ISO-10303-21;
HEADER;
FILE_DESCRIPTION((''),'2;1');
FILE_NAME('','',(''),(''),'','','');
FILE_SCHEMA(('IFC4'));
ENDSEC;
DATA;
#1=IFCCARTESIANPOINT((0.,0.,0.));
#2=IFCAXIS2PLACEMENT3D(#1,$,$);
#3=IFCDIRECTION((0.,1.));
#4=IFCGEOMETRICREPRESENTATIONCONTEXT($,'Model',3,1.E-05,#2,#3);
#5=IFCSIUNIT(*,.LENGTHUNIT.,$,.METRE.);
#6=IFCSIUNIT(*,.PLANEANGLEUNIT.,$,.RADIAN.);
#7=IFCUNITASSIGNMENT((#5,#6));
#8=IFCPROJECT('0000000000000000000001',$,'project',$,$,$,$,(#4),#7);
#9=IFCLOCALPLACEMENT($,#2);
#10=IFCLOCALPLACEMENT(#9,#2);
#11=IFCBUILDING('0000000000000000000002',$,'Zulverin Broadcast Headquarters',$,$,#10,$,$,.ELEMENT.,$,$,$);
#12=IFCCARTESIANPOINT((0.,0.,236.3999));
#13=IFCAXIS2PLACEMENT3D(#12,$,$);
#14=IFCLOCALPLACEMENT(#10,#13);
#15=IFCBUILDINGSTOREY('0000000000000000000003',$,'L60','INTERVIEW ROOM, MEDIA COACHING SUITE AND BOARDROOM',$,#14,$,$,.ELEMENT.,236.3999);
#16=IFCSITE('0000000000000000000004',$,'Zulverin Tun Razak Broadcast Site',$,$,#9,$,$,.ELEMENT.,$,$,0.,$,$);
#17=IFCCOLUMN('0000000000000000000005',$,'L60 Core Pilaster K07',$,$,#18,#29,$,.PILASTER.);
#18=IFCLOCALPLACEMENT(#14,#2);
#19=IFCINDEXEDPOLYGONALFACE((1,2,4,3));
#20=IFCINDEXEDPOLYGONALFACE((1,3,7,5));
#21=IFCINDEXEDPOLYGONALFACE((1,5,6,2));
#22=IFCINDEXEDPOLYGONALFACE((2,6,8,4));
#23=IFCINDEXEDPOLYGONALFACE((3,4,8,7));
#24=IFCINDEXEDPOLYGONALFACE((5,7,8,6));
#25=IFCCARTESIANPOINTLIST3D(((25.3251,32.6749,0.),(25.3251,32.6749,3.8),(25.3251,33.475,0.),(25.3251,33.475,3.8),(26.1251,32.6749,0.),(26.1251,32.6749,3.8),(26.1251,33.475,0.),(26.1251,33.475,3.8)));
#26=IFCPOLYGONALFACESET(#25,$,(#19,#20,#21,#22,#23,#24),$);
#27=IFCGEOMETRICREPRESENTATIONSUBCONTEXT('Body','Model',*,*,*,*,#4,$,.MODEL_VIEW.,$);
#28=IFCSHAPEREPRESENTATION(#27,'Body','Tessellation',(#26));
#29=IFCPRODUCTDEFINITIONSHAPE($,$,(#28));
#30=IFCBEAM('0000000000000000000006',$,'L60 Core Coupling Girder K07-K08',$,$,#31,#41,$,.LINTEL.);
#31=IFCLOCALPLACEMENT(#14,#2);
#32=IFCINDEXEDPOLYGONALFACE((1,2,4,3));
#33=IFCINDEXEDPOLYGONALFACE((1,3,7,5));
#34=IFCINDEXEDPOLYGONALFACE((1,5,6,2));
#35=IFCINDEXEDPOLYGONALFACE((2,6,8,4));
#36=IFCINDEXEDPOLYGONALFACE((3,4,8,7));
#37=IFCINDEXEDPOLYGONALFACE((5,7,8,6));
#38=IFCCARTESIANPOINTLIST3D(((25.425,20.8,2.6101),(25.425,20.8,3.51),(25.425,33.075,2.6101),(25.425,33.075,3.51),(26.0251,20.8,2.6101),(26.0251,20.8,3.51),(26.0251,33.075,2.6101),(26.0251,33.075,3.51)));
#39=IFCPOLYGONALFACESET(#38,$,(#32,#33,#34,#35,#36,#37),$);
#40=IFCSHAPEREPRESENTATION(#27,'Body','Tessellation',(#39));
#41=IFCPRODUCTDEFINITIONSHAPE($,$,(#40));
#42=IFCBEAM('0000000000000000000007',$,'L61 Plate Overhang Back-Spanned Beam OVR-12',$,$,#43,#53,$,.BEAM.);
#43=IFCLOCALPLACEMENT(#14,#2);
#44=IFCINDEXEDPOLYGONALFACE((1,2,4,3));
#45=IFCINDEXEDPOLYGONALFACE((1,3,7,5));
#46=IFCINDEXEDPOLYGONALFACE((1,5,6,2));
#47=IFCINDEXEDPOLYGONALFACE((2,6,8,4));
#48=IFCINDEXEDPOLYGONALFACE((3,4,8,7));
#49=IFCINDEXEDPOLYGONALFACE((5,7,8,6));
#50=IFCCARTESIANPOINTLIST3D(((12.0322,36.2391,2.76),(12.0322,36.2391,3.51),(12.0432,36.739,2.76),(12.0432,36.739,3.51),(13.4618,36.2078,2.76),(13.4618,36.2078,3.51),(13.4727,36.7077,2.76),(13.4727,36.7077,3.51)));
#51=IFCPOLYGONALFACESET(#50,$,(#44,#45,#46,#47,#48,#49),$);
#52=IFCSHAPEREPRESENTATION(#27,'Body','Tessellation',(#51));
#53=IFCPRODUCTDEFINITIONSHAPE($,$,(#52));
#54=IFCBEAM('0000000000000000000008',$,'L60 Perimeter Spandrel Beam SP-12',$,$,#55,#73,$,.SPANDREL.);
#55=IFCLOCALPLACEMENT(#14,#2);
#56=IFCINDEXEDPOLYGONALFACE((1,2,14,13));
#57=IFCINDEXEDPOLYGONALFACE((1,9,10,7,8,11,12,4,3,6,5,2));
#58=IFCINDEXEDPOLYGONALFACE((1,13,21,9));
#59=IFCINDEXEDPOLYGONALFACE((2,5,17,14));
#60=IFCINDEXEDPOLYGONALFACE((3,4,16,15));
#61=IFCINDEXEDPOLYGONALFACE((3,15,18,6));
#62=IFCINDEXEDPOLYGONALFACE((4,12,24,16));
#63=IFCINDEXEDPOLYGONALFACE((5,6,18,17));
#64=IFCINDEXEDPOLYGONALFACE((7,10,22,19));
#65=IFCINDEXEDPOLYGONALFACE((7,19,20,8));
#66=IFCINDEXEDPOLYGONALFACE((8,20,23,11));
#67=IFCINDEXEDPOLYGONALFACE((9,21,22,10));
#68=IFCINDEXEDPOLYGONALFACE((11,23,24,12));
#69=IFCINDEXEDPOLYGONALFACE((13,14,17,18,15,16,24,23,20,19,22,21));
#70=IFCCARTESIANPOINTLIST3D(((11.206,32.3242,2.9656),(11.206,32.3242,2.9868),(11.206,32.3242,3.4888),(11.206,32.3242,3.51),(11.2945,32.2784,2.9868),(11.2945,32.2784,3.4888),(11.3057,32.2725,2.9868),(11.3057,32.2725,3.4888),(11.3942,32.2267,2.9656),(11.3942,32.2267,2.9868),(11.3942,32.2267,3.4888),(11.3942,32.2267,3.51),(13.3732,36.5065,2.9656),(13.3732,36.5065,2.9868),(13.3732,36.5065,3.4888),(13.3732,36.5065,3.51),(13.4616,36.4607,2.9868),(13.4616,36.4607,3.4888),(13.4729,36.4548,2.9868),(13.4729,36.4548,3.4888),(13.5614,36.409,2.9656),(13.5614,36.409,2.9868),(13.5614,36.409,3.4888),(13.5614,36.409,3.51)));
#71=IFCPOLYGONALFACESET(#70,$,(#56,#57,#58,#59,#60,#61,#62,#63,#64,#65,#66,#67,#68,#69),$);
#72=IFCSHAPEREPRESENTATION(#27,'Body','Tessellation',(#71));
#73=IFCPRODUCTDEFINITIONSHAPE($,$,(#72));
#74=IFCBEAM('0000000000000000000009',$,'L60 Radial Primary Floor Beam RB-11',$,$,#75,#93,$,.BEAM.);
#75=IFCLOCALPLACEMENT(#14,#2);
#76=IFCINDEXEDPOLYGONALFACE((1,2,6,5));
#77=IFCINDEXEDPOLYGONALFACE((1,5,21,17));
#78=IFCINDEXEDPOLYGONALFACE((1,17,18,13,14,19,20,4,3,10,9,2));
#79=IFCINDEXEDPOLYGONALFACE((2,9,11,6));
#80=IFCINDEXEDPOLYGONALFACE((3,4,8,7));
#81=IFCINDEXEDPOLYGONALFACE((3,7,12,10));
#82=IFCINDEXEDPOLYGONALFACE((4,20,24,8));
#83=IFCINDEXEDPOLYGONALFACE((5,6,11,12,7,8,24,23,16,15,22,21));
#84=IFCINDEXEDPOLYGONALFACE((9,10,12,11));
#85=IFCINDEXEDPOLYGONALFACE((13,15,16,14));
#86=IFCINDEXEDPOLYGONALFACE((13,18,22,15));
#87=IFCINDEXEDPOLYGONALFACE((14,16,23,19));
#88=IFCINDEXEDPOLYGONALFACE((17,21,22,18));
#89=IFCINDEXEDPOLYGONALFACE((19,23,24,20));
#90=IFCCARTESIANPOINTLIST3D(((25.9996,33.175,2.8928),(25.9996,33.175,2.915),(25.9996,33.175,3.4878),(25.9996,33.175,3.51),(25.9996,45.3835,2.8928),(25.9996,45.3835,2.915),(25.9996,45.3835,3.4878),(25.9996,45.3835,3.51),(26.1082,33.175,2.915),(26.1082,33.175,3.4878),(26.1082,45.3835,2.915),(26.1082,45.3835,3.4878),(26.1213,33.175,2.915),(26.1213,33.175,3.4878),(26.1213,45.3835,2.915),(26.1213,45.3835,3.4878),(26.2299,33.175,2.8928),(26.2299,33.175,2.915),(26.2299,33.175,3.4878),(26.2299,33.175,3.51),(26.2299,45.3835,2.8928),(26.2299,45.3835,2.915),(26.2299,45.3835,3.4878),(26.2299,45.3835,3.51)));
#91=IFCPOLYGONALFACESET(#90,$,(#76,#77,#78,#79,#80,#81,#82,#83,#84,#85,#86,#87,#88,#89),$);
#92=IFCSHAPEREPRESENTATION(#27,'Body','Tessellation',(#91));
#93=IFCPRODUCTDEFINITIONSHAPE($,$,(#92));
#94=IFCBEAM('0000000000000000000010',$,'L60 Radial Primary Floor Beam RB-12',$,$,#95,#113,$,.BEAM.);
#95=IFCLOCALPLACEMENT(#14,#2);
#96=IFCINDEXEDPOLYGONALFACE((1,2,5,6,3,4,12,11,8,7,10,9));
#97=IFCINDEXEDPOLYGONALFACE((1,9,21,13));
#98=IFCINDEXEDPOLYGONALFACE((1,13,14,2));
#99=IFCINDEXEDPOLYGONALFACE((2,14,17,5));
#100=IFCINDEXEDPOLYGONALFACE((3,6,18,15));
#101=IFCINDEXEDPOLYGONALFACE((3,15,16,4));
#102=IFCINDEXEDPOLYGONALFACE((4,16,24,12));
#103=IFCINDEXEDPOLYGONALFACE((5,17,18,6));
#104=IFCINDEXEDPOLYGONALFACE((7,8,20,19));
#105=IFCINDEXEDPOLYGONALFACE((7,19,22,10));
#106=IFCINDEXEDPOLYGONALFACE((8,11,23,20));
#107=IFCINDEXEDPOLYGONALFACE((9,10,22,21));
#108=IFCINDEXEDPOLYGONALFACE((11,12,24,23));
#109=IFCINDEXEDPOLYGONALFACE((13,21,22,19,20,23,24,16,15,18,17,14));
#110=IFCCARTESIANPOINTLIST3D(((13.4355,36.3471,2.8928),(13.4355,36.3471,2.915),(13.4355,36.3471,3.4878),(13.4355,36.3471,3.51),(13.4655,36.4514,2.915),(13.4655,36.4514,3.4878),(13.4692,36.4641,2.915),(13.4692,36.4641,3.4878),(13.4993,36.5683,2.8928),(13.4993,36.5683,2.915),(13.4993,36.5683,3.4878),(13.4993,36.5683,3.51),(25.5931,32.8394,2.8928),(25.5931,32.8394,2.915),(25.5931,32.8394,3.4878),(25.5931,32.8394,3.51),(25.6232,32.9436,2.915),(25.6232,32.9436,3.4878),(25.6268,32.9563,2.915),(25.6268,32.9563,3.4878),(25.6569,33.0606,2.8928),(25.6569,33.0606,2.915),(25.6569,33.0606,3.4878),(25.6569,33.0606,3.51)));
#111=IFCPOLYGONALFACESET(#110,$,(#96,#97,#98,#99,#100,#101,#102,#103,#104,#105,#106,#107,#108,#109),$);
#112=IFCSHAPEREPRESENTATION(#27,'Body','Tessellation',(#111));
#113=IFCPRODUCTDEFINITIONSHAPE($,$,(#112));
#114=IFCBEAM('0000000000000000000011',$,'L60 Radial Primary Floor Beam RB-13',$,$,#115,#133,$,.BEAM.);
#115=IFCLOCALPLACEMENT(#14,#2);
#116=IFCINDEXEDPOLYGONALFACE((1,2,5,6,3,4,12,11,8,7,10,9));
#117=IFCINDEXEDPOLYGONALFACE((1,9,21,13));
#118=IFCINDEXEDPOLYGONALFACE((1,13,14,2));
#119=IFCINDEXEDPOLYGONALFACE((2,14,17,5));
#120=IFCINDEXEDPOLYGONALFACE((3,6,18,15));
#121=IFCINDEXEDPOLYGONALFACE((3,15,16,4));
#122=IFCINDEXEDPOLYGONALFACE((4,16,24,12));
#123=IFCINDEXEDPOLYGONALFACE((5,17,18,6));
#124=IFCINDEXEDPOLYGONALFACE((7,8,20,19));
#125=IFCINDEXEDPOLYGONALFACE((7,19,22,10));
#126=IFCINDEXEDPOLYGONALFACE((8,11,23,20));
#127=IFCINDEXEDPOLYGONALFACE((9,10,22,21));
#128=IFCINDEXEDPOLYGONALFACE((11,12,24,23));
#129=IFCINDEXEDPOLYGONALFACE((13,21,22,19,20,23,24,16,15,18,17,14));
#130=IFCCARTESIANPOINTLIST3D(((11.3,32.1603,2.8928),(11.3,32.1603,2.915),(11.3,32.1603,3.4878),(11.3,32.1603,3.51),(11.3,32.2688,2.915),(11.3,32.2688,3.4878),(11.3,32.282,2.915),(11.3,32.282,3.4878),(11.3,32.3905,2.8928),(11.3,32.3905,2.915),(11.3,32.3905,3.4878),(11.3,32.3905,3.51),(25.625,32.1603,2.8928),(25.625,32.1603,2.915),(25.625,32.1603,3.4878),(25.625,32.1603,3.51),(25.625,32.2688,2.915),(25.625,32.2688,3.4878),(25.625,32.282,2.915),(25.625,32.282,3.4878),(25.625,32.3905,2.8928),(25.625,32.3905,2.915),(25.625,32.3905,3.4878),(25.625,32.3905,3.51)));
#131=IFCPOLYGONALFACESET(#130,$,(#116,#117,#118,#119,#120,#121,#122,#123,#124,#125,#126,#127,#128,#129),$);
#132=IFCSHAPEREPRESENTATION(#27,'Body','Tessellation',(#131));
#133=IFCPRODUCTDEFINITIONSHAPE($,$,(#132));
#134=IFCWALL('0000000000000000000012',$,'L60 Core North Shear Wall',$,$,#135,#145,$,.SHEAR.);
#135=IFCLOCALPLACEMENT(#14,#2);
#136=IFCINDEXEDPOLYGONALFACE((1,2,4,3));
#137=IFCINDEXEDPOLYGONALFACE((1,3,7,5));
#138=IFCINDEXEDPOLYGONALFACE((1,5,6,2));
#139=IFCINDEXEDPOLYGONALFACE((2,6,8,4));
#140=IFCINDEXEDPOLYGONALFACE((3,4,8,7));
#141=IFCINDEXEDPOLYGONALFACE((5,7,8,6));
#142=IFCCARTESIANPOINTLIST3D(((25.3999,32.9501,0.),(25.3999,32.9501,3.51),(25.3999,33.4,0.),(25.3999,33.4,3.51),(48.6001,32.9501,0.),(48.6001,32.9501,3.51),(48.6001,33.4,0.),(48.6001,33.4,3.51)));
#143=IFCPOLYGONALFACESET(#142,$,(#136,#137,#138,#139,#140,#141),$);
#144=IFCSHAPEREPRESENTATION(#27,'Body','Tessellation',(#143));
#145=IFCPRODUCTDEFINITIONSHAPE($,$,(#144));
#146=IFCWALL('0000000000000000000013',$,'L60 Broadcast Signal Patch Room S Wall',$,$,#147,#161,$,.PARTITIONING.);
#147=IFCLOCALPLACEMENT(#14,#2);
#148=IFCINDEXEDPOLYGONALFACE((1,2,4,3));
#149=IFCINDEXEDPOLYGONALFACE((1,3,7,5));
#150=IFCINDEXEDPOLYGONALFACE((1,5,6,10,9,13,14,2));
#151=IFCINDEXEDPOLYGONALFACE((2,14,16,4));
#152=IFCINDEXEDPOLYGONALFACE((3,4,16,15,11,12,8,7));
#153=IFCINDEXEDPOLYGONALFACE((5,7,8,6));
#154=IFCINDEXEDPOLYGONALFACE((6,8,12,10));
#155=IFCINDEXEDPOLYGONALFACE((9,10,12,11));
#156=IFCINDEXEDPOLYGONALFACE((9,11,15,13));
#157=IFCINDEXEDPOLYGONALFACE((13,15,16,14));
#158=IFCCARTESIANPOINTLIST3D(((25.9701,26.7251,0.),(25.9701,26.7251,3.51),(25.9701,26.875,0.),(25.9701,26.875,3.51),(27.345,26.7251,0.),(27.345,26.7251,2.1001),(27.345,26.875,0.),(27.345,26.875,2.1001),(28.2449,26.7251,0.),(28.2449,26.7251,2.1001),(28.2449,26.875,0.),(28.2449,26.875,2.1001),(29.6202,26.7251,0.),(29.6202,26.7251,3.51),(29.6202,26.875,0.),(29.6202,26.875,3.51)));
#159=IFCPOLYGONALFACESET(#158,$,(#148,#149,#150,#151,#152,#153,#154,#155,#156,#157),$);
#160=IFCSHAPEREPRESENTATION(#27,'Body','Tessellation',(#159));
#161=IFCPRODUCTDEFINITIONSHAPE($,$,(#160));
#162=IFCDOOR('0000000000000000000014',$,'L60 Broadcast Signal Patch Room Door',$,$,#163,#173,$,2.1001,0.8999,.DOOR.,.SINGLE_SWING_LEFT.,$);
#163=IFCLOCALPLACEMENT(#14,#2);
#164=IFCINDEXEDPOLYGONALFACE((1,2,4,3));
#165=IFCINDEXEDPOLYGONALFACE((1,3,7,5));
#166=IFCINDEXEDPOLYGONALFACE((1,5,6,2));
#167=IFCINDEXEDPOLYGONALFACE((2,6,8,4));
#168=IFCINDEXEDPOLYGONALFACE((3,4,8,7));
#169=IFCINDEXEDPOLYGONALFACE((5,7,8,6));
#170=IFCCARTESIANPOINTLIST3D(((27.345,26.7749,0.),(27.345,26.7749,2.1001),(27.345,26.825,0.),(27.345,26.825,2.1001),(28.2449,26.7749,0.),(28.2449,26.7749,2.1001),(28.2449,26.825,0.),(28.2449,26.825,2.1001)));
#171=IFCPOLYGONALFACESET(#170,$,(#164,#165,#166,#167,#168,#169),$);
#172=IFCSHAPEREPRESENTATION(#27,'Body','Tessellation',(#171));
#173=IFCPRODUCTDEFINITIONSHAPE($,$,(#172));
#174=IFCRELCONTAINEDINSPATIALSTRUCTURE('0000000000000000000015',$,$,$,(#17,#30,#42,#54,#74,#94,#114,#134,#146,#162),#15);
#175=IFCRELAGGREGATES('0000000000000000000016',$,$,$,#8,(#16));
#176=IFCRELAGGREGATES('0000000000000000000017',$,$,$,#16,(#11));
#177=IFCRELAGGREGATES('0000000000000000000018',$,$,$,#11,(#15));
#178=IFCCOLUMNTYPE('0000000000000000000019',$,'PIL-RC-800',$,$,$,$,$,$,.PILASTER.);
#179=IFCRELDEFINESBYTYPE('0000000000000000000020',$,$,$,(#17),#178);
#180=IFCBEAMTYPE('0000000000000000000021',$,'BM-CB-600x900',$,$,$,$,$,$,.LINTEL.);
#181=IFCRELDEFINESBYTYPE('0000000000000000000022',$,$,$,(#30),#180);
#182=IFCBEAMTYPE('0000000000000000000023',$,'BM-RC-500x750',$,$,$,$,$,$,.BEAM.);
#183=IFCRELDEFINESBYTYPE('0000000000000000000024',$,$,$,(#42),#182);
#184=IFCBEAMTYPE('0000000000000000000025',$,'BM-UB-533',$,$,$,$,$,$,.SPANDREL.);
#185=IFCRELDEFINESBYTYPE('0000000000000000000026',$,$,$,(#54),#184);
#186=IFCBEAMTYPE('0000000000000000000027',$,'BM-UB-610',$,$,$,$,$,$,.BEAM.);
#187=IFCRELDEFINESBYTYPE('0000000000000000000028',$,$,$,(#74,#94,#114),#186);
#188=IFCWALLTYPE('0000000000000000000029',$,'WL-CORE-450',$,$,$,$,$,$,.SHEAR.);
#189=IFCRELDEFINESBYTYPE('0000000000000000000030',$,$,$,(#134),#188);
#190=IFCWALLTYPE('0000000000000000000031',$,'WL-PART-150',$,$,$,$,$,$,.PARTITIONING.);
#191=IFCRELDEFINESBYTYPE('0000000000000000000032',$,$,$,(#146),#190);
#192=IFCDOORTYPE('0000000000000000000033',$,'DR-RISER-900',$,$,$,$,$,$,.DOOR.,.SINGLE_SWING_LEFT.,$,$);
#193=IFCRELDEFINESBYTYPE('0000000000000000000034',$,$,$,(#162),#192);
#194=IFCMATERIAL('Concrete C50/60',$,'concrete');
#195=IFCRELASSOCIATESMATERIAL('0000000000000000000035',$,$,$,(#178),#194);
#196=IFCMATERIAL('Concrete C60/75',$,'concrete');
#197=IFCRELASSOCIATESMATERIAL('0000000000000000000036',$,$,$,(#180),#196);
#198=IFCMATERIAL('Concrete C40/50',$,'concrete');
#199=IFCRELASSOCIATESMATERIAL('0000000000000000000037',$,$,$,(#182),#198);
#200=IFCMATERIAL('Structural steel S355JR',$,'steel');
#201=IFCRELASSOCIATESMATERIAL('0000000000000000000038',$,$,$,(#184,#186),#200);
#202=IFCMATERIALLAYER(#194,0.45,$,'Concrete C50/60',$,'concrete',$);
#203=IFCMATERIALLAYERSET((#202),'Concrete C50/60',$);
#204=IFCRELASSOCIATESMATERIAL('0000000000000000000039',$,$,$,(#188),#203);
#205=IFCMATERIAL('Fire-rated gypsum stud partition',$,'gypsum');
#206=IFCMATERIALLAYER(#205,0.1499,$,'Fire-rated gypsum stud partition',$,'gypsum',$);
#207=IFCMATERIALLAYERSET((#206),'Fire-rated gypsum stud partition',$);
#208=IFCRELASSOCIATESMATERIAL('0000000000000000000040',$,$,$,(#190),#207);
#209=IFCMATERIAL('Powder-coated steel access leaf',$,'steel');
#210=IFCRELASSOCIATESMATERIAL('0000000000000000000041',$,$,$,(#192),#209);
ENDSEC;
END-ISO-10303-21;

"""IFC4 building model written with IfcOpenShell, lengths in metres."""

from ifc_helpers import new_model, si_unit, direction, frame, frame_2d, origin, origin_2d, place, context, subcontext, project, spatial, rectangle, i_section, extrude, material, layer, layer_set, material_profile, profile_set, type_object, element, fill, save


model = new_model("IFC4")

# Units and contexts
model_context = context("Model", 3, precision=1e-05, world=origin(), true_north=direction((0.0, 1.0)))
body_context = subcontext(model_context, "Body", "Model", "MODEL_VIEW")
ifc_project = project(units=[si_unit("LENGTHUNIT", "METRE"), si_unit("PLANEANGLEUNIT", "RADIAN")], contexts=[model_context])

# Site, building, storey
site_placement = place(None, origin())
site = spatial("IfcSite", under=ifc_project, at=site_placement, Name="Zulverin Tun Razak Broadcast Site", CompositionType="ELEMENT", RefElevation=0.0)
building_placement = place(site_placement, origin())
building = spatial("IfcBuilding", under=site, at=building_placement, Name="Zulverin Broadcast Headquarters", CompositionType="ELEMENT")
storey_placement = place(building_placement, frame((0.0, 0.0, 236.3999)))
storey = spatial("IfcBuildingStorey", under=building, at=storey_placement, Name="L60", Description="INTERVIEW ROOM, MEDIA COACHING SUITE AND BOARDROOM", CompositionType="ELEMENT", Elevation=236.3999)

# Column
ifc_material_1 = material(Name="Concrete C50/60", Category="concrete")
ifc_material_profile_1 = material_profile(ifc_material_1, rectangle(XDim=0.8, YDim=0.8, at=origin_2d()), Name="Concrete C50/60", Category="concrete")
ifc_profile_set_1 = profile_set([ifc_material_profile_1], Name="Concrete C50/60")
column_type = type_object("IfcColumnType", Name="PIL-RC-800", PredefinedType="PILASTER", material=ifc_profile_set_1)
column_placement = place(storey_placement, frame((25.7251, 33.075, 0.0), z_axis=(0.0, 0.0, 1.0), x_axis=(1.0, 0.0, 0.0)))
element("IfcColumn", 1, at=column_placement, inside=storey, type_object=column_type, Name="L60 Core Pilaster K07", PredefinedType="PILASTER", context=body_context, shape_type="SweptSolid", body=[
    extrude(rectangle(XDim=0.8, YDim=0.8, at=origin_2d()), origin(), (0.0, 0.0, 1.0), 3.8),
])

# Beams
ifc_material_2 = material(Name="Concrete C60/75", Category="concrete")
ifc_material_profile_2 = material_profile(ifc_material_2, rectangle(XDim=0.6001, YDim=0.8999, at=origin_2d()), Name="Concrete C60/75", Category="concrete")
ifc_profile_set_2 = profile_set([ifc_material_profile_2], Name="Concrete C60/75")
beam_type_1 = type_object("IfcBeamType", Name="BM-CB-600x900", PredefinedType="LINTEL", material=ifc_profile_set_2)
beam_1_placement = place(storey_placement, frame((25.7251, 33.075, 3.0601), z_axis=(0.0, -1.0, 0.0), x_axis=(1.0, 0.0, 0.0)))
element("IfcBeam", 2, at=beam_1_placement, inside=storey, type_object=beam_type_1, Name="L60 Core Coupling Girder K07-K08", PredefinedType="LINTEL", context=body_context, shape_type="SweptSolid", body=[
    extrude(rectangle(XDim=0.6001, YDim=0.8999, at=origin_2d()), origin(), (0.0, 0.0, 1.0), 12.2749),
])
ifc_material_3 = material(Name="Concrete C40/50", Category="concrete")
ifc_material_profile_3 = material_profile(ifc_material_3, rectangle(XDim=0.5, YDim=0.75, at=origin_2d()), Name="Concrete C40/50", Category="concrete")
ifc_profile_set_3 = profile_set([ifc_material_profile_3], Name="Concrete C40/50")
beam_type_2 = type_object("IfcBeamType", Name="BM-RC-500x750", PredefinedType="BEAM", material=ifc_profile_set_3)
beam_2_placement = place(storey_placement, frame((13.4673, 36.4578, 3.135), z_axis=(-0.999761, 0.021853, 0.0), x_axis=(-0.021853, -0.999761, 0.0)))
element("IfcBeam", 3, at=beam_2_placement, inside=storey, type_object=beam_type_2, Name="L61 Plate Overhang Back-Spanned Beam OVR-12", PredefinedType="BEAM", context=body_context, shape_type="SweptSolid", body=[
    extrude(rectangle(XDim=0.5, YDim=0.75, at=origin_2d()), origin(), (0.0, 0.0, 1.0), 1.4299),
])
ifc_material_4 = material(Name="Structural steel S355JR", Category="steel")
ifc_material_profile_4 = material_profile(ifc_material_4, i_section(OverallWidth=0.2119, OverallDepth=0.5444, WebThickness=0.0127, FlangeThickness=0.0212, at=origin_2d()), Name="Structural steel S355JR", Category="steel")
ifc_profile_set_4 = profile_set([ifc_material_profile_4], Name="Structural steel S355JR")
beam_type_3 = type_object("IfcBeamType", Name="BM-UB-533", PredefinedType="SPANDREL", material=ifc_profile_set_4)
beam_3_placement = place(storey_placement, frame((13.4673, 36.4578, 3.2378), z_axis=(-0.460083, -0.887876, 0.0), x_axis=(0.887876, -0.460083, 0.0)))
element("IfcBeam", 4, at=beam_3_placement, inside=storey, type_object=beam_type_3, Name="L60 Perimeter Spandrel Beam SP-12", PredefinedType="SPANDREL", context=body_context, shape_type="SweptSolid", body=[
    extrude(i_section(OverallWidth=0.2119, OverallDepth=0.5444, WebThickness=0.0127, FlangeThickness=0.0212, at=origin_2d()), origin(), (0.0, 0.0, 1.0), 4.7104),
])
ifc_material_profile_5 = material_profile(ifc_material_4, i_section(OverallWidth=0.2302, OverallDepth=0.6172, WebThickness=0.0132, FlangeThickness=0.0222, at=origin_2d()), Name="Structural steel S355JR", Category="steel")
ifc_profile_set_5 = profile_set([ifc_material_profile_5], Name="Structural steel S355JR")
beam_type_4 = type_object("IfcBeamType", Name="BM-UB-610", PredefinedType="BEAM", material=ifc_profile_set_5)
beam_4_placement = place(storey_placement, frame((26.1147, 33.175, 3.2014), z_axis=(0.0, 1.0, 0.0), x_axis=(-1.0, 0.0, 0.0)))
element("IfcBeam", 5, at=beam_4_placement, inside=storey, type_object=beam_type_4, Name="L60 Radial Primary Floor Beam RB-11", PredefinedType="BEAM", context=body_context, shape_type="SweptSolid", body=[
    extrude(i_section(OverallWidth=0.2302, OverallDepth=0.6172, WebThickness=0.0132, FlangeThickness=0.0222, at=origin_2d()), origin(), (0.0, 0.0, 1.0), 12.2085),
])
beam_5_placement = place(storey_placement, frame((25.625, 32.95, 3.2014), z_axis=(-0.960807, 0.277218, 0.0), x_axis=(-0.277218, -0.960807, 0.0)))
element("IfcBeam", 6, at=beam_5_placement, inside=storey, type_object=beam_type_4, Name="L60 Radial Primary Floor Beam RB-12", PredefinedType="BEAM", context=body_context, shape_type="SweptSolid", body=[
    extrude(i_section(OverallWidth=0.2302, OverallDepth=0.6172, WebThickness=0.0132, FlangeThickness=0.0222, at=origin_2d()), origin(), (0.0, 0.0, 1.0), 12.6536),
])
beam_6_placement = place(storey_placement, frame((25.625, 32.2754, 3.2014), z_axis=(-1.0, 0.0, 0.0), x_axis=(0.0, -1.0, 0.0)))
element("IfcBeam", 7, at=beam_6_placement, inside=storey, type_object=beam_type_4, Name="L60 Radial Primary Floor Beam RB-13", PredefinedType="BEAM", context=body_context, shape_type="SweptSolid", body=[
    extrude(i_section(OverallWidth=0.2302, OverallDepth=0.6172, WebThickness=0.0132, FlangeThickness=0.0222, at=origin_2d()), origin(), (0.0, 0.0, 1.0), 14.325),
])

# Wall
ifc_layer_1 = layer(ifc_material_1, 0.45, Name="Concrete C50/60", Category="concrete")
ifc_layer_set_1 = layer_set([ifc_layer_1], Name="Concrete C50/60")
wall_type_1 = type_object("IfcWallType", Name="WL-CORE-450", PredefinedType="SHEAR", material=ifc_layer_set_1)
wall_1_placement = place(storey_placement, frame((25.3999, 33.175, 0.0), z_axis=(0.0, 0.0, 1.0), x_axis=(1.0, 0.0, 0.0)))
element("IfcWall", 8, at=wall_1_placement, inside=storey, type_object=wall_type_1, Name="L60 Core North Shear Wall", PredefinedType="SHEAR", context=body_context, shape_type="SweptSolid", body=[
    extrude(rectangle(XDim=23.2002, YDim=0.45, at=frame_2d((11.6001, 0.0))), origin(), (0.0, 0.0, 1.0), 3.51),
])

# Wall, opening, door
ifc_material_5 = material(Name="Fire-rated gypsum stud partition", Category="gypsum")
ifc_layer_2 = layer(ifc_material_5, 0.1499, Name="Fire-rated gypsum stud partition", Category="gypsum")
ifc_layer_set_2 = layer_set([ifc_layer_2], Name="Fire-rated gypsum stud partition")
wall_type_2 = type_object("IfcWallType", Name="WL-PART-150", PredefinedType="PARTITIONING", material=ifc_layer_set_2)
wall_2_placement = place(storey_placement, frame((25.97, 26.8, 0.0), z_axis=(0.0, 0.0, 1.0), x_axis=(1.0, 0.0, 0.0)))
wall_2 = element("IfcWall", 9, at=wall_2_placement, inside=storey, type_object=wall_type_2, Name="L60 Broadcast Signal Patch Room S Wall", PredefinedType="PARTITIONING", context=body_context, shape_type="SweptSolid", body=[
    extrude(rectangle(XDim=3.6501, YDim=0.1499, at=frame_2d((1.8252, 0.0))), origin(), (0.0, 0.0, 1.0), 3.51),
])
opening_1_placement = place(wall_2_placement, frame((1.375, 0.0, 0.0)))
opening_1 = element("IfcOpeningElement", 10, at=opening_1_placement, cuts=wall_2, PredefinedType="OPENING", context=body_context, shape_type="SweptSolid", body=[
    extrude(rectangle(XDim=0.8999, YDim=2.1001, at=frame_2d((0.45, 1.05))), frame((0.0, 0.085, 0.0), z_axis=(0.0, -1.0, 0.0), x_axis=(1.0, 0.0, 0.0)), (0.0, 0.0, 1.0), 0.1699),
])
ifc_material_6 = material(Name="Powder-coated steel access leaf", Category="steel")
door_type_1 = type_object("IfcDoorType", Name="DR-RISER-900", OperationType="SINGLE_SWING_LEFT", PredefinedType="DOOR", material=ifc_material_6)
door_1_placement = place(opening_1_placement, origin())
door_1 = element("IfcDoor", 11, at=door_1_placement, inside=storey, type_object=door_type_1, Name="L60 Broadcast Signal Patch Room Door", OperationType="SINGLE_SWING_LEFT", OverallHeight=2.1001, OverallWidth=0.8999, PredefinedType="DOOR", context=body_context, shape_type="SweptSolid", body=[
    extrude(rectangle(XDim=0.8999, YDim=2.1001, at=frame_2d((0.45, 1.05))), frame((0.0, 0.0249, 0.0), z_axis=(0.0, -1.0, 0.0), x_axis=(1.0, 0.0, 0.0)), (0.0, 0.0, 1.0), 0.05),
])
fill(opening_1, door_1)

save(model, "model.ifc")
